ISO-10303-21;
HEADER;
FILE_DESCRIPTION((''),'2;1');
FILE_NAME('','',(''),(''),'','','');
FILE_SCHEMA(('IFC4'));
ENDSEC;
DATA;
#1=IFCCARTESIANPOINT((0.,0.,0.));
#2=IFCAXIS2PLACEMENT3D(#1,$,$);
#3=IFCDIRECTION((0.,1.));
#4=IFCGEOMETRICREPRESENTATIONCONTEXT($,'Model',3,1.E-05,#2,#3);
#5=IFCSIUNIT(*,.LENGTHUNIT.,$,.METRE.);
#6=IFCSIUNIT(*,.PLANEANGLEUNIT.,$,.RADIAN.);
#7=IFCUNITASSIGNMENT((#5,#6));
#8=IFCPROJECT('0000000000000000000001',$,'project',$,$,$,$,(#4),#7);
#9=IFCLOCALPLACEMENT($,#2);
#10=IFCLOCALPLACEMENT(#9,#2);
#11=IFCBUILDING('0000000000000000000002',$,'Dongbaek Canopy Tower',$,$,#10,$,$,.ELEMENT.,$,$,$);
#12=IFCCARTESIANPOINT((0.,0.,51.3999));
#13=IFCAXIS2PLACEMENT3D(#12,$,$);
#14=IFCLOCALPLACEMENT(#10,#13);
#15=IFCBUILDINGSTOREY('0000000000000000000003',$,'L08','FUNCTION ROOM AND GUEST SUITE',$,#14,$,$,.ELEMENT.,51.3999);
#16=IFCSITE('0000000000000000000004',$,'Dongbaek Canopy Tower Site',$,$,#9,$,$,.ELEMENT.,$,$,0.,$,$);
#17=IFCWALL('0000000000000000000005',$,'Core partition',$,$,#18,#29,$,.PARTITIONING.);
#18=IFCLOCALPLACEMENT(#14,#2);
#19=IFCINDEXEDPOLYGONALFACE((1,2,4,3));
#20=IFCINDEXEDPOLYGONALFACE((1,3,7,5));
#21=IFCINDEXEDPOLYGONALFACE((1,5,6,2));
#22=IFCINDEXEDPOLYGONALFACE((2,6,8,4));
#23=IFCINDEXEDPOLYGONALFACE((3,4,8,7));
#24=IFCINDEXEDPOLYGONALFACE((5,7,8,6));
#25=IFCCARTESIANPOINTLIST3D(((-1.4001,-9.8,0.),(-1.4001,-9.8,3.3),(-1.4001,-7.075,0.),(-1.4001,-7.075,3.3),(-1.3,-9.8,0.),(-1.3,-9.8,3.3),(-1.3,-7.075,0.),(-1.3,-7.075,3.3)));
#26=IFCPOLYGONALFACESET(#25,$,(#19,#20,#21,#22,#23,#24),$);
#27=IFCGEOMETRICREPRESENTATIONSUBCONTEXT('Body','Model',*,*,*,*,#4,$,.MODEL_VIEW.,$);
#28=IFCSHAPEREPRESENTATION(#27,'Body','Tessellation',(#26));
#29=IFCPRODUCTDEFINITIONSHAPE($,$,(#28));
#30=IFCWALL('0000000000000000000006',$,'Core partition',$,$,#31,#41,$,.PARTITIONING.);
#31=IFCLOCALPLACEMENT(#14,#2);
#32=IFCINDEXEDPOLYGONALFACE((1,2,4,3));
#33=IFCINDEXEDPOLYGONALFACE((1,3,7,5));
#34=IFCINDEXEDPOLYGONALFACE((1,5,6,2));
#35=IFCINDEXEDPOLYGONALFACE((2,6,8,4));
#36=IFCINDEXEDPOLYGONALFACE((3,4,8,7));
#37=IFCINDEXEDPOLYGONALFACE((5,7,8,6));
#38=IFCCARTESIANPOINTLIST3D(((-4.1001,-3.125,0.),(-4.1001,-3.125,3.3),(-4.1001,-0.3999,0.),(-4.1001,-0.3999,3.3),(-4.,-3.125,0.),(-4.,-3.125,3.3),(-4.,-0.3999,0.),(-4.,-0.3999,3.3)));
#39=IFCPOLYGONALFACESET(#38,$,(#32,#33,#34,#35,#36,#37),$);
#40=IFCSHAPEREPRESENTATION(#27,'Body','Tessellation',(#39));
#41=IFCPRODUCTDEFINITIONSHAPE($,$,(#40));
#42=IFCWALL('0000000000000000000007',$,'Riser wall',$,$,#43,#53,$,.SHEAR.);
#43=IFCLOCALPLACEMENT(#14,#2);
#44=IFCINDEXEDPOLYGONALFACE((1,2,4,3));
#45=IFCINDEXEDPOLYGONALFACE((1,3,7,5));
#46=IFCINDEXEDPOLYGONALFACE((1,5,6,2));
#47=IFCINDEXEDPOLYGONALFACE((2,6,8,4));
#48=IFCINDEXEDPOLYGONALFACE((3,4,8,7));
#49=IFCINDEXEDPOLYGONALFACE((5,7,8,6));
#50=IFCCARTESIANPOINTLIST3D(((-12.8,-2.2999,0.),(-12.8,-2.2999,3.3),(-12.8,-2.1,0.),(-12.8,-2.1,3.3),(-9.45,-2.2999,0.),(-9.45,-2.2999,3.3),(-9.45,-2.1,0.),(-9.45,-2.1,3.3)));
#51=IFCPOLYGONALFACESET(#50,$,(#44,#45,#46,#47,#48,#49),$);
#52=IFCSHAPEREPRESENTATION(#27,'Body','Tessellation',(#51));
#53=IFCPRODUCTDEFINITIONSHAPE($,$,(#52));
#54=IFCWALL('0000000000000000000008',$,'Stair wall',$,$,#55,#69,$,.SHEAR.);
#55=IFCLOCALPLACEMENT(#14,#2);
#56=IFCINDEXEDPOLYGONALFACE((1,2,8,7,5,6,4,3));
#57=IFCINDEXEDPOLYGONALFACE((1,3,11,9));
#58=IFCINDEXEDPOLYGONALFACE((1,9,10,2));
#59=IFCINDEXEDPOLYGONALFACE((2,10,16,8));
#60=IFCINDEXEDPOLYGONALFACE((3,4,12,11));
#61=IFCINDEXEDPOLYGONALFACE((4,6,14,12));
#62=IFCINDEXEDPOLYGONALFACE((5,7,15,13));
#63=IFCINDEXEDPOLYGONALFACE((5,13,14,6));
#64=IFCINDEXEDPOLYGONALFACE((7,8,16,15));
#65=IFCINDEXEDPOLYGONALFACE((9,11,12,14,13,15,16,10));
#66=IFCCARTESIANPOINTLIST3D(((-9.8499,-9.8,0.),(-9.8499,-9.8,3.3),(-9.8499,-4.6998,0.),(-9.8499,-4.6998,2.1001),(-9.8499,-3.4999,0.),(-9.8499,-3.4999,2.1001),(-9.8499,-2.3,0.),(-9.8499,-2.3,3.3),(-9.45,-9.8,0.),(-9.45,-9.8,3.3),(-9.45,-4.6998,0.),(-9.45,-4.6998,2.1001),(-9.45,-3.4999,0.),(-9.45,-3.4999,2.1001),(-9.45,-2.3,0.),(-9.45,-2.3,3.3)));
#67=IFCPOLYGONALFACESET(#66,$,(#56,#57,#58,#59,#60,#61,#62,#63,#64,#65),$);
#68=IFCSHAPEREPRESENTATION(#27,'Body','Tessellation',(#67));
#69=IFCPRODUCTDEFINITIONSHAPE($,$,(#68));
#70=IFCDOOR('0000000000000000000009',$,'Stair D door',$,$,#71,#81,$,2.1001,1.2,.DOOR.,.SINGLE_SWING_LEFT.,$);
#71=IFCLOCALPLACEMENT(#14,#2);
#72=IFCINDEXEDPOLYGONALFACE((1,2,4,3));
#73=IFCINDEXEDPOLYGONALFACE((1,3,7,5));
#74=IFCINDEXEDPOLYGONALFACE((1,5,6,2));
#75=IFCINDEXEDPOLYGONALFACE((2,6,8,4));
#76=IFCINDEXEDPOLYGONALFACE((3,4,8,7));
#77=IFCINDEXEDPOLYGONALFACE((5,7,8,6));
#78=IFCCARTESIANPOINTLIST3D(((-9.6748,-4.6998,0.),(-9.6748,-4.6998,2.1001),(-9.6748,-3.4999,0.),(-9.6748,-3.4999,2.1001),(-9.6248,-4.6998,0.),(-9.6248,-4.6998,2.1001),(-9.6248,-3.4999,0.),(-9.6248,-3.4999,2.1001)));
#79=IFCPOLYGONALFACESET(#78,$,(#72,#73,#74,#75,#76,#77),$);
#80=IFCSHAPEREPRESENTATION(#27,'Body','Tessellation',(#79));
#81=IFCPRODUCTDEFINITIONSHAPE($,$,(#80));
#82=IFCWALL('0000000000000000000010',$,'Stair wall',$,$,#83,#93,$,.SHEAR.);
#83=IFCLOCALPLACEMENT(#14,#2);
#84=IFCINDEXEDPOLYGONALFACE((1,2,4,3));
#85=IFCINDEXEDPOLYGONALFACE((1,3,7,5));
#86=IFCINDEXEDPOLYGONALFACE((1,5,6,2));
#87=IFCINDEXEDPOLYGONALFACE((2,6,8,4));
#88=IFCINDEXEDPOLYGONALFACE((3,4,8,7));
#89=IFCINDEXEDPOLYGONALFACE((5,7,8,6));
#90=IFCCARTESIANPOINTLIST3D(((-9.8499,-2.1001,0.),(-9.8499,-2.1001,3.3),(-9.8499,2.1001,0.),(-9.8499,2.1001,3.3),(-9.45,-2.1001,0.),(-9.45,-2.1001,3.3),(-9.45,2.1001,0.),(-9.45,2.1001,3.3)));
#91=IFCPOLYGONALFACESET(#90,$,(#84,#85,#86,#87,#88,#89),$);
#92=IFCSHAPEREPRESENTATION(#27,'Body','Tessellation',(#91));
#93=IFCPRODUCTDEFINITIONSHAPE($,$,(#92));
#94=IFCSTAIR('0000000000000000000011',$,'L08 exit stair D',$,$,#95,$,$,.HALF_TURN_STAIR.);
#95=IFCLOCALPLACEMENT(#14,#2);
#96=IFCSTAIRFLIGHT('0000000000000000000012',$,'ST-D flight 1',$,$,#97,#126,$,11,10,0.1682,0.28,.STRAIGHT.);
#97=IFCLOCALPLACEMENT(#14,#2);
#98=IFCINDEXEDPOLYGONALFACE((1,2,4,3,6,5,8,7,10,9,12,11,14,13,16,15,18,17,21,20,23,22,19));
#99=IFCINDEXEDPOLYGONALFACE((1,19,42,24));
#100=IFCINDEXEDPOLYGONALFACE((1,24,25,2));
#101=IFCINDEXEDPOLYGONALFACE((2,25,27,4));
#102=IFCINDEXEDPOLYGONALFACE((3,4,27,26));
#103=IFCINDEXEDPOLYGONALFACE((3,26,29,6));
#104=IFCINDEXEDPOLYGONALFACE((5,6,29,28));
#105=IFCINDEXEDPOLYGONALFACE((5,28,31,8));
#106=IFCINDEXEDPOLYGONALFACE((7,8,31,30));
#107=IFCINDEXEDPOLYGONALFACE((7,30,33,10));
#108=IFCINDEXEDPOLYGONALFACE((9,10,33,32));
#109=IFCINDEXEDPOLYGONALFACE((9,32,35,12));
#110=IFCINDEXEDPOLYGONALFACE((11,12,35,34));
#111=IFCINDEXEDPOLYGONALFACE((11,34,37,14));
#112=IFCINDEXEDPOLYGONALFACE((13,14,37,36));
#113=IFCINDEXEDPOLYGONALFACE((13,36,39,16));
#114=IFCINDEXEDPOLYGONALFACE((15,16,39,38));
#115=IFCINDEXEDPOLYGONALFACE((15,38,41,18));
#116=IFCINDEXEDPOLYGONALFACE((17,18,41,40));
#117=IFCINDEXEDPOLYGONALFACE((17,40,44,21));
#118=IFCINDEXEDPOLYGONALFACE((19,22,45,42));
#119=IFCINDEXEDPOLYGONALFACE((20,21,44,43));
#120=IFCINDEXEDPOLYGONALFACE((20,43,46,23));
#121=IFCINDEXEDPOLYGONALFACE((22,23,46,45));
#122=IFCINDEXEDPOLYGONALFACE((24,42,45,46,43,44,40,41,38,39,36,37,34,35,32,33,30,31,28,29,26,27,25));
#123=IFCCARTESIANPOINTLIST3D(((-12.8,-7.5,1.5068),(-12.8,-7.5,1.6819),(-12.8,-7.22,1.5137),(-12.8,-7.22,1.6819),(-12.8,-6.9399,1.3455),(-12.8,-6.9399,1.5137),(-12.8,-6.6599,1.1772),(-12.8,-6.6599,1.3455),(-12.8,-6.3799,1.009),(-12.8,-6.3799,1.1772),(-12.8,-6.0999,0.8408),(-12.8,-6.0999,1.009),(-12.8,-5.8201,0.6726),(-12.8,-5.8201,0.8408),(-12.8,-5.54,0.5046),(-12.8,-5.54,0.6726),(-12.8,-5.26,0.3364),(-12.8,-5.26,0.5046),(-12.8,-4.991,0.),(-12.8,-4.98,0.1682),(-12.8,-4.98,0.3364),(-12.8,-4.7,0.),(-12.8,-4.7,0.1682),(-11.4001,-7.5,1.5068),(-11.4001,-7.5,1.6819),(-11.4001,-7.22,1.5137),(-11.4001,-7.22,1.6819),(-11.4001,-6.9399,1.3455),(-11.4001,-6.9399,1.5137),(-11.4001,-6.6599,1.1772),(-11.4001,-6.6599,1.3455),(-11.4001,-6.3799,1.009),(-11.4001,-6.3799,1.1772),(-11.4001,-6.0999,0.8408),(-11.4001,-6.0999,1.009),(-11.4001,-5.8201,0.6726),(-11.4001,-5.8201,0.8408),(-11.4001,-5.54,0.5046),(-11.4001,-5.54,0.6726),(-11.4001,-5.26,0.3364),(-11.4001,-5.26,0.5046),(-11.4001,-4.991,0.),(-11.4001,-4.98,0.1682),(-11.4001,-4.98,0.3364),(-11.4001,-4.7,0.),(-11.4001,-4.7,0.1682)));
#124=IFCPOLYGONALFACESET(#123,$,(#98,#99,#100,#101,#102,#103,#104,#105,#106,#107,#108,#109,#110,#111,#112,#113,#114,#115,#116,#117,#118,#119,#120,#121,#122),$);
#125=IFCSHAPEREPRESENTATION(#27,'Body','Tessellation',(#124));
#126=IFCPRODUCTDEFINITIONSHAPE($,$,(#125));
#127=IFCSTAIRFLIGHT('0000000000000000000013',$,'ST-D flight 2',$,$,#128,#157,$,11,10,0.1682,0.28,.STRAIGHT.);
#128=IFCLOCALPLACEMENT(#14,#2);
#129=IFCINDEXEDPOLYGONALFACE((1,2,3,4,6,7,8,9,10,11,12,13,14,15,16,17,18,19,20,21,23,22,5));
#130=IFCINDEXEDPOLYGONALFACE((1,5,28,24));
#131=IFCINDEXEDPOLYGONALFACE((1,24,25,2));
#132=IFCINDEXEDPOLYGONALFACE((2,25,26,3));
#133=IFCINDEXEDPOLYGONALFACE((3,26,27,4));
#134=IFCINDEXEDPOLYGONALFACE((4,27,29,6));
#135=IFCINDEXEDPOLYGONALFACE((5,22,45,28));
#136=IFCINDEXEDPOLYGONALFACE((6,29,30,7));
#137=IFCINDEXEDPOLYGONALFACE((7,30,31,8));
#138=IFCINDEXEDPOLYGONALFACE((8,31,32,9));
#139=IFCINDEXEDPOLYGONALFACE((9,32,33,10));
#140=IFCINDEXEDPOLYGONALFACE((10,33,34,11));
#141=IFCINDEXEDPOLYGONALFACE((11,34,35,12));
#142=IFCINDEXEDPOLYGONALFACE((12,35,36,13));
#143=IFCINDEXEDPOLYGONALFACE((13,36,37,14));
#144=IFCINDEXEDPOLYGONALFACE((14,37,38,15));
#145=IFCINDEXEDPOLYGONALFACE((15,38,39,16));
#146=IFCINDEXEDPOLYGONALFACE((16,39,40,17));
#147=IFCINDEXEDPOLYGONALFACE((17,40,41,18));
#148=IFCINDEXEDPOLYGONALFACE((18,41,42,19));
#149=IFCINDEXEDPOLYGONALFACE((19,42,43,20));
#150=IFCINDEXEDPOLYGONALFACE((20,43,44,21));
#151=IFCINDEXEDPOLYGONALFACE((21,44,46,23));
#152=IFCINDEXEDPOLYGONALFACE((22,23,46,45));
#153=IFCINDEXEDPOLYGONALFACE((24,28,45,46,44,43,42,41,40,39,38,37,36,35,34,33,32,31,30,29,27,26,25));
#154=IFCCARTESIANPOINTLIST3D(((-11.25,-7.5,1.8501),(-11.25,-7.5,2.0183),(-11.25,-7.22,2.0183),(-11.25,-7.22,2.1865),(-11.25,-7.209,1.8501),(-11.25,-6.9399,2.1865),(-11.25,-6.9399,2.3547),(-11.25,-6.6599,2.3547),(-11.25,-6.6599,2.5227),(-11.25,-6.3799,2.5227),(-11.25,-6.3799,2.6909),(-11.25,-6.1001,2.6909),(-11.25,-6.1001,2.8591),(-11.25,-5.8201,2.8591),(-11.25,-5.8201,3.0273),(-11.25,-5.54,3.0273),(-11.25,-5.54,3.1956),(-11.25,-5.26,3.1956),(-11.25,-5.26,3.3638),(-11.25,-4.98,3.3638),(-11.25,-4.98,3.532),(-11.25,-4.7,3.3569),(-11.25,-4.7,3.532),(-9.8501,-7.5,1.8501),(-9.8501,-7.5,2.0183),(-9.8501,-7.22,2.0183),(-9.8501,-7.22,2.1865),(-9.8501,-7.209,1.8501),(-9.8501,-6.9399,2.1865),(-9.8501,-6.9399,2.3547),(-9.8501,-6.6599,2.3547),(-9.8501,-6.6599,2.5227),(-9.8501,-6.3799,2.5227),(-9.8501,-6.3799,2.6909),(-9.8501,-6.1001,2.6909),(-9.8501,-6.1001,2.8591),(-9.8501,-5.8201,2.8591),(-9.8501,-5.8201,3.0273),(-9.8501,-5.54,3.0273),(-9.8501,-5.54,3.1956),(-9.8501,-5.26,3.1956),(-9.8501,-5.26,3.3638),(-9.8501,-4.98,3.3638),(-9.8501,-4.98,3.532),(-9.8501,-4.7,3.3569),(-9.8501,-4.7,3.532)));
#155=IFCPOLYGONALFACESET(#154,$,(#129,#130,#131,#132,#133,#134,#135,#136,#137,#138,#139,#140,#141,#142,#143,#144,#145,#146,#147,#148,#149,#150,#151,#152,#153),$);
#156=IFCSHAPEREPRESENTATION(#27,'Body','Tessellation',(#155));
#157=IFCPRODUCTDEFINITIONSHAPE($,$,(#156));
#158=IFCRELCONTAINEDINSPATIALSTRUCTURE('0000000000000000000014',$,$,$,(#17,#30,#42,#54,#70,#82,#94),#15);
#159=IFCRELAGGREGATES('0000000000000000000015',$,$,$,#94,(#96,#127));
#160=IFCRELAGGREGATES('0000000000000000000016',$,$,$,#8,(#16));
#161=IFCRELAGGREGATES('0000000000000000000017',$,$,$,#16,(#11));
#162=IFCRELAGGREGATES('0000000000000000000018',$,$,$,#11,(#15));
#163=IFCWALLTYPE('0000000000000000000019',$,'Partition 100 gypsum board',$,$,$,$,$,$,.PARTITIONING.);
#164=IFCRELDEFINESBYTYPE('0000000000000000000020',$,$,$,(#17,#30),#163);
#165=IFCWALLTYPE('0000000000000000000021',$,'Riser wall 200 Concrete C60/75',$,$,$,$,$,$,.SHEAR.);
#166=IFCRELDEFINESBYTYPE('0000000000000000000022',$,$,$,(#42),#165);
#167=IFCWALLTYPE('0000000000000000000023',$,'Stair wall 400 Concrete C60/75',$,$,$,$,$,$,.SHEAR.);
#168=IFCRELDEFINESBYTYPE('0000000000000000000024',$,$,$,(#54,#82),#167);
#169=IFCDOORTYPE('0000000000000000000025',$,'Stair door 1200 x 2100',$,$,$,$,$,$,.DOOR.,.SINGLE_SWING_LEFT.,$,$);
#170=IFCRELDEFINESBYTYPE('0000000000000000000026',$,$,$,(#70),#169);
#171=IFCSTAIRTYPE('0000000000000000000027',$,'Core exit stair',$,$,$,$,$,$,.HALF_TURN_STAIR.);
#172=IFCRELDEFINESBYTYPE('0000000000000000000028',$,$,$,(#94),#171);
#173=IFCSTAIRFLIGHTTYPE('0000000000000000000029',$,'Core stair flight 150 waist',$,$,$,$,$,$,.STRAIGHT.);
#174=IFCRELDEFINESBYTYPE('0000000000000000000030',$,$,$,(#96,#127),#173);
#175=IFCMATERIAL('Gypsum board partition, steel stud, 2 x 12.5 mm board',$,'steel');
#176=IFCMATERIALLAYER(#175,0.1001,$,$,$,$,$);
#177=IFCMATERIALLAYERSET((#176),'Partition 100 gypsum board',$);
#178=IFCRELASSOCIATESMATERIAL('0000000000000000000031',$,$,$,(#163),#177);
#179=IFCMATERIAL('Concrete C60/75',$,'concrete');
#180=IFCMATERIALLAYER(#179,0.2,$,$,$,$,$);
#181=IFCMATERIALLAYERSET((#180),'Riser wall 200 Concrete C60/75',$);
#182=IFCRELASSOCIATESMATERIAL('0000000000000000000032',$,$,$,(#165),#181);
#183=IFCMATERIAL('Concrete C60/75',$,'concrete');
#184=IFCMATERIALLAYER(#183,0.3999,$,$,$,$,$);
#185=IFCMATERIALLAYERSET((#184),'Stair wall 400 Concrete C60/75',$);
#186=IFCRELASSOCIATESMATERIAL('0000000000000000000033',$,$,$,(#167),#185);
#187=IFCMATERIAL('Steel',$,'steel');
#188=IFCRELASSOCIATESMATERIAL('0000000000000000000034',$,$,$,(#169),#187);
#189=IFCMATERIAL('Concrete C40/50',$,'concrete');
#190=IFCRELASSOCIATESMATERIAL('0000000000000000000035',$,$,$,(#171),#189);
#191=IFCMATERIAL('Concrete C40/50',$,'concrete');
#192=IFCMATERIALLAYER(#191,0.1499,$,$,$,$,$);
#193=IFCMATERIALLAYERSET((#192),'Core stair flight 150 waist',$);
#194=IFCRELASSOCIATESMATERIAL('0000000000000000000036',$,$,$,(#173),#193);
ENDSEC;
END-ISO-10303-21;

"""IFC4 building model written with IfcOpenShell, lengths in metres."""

from ifc_helpers import new_model, si_unit, direction, frame, frame_2d, origin, place, context, subcontext, project, spatial, polyline, rectangle, outline, extrude, material, layer, layer_set, type_object, element, fill, aggregate, save


model = new_model("IFC4")

# Units and contexts
model_context = context("Model", 3, precision=1e-05, world=origin(), true_north=direction((0.0, 1.0)))
body_context = subcontext(model_context, "Body", "Model", "MODEL_VIEW")
ifc_project = project(units=[si_unit("LENGTHUNIT", "METRE"), si_unit("PLANEANGLEUNIT", "RADIAN")], contexts=[model_context])

# Site, building, storey
site_placement = place(None, origin())
site = spatial("IfcSite", under=ifc_project, at=site_placement, Name="Dongbaek Canopy Tower Site", CompositionType="ELEMENT", RefElevation=0.0)
building_placement = place(site_placement, origin())
building = spatial("IfcBuilding", under=site, at=building_placement, Name="Dongbaek Canopy Tower", CompositionType="ELEMENT")
storey_placement = place(building_placement, frame((0.0, 0.0, 51.3999)))
storey = spatial("IfcBuildingStorey", under=building, at=storey_placement, Name="L08", Description="FUNCTION ROOM AND GUEST SUITE", CompositionType="ELEMENT", Elevation=51.3999)

# Walls
ifc_material_1 = material(Name="Gypsum board partition, steel stud, 2 x 12.5 mm board", Category="steel")
ifc_layer_1 = layer(ifc_material_1, 0.1001)
ifc_layer_set_1 = layer_set([ifc_layer_1], Name="Partition 100 gypsum board")
wall_type_1 = type_object("IfcWallType", Name="Partition 100 gypsum board", PredefinedType="PARTITIONING", material=ifc_layer_set_1)
for number, where, z_axis, x_axis, name in (
    (1, (-1.3501, -9.8, 0.0), (0.0, 0.0, 1.0), (0.0, 1.0, 0.0), "Core partition"),
    (2, (-4.05, -3.125, 0.0), (0.0, 0.0, 1.0), (0.0, 1.0, 0.0), "Core partition"),
):
    element("IfcWall", number, at=place(storey_placement, frame(where, z_axis=z_axis, x_axis=x_axis)), inside=storey, type_object=wall_type_1, Name=name, PredefinedType="PARTITIONING", context=body_context, shape_type="SweptSolid", body=[
        extrude(rectangle(XDim=2.7251, YDim=0.1001, at=frame_2d((1.3625, 0.0))), origin(), (0.0, 0.0, 1.0), 3.3),
    ])
ifc_material_2 = material(Name="Concrete C60/75", Category="concrete")
ifc_layer_2 = layer(ifc_material_2, 0.2)
ifc_layer_set_2 = layer_set([ifc_layer_2], Name="Riser wall 200 Concrete C60/75")
wall_type_2 = type_object("IfcWallType", Name="Riser wall 200 Concrete C60/75", PredefinedType="SHEAR", material=ifc_layer_set_2)
wall_1_placement = place(storey_placement, frame((-9.45, -2.2, 0.0), z_axis=(0.0, 0.0, 1.0), x_axis=(-1.0, 0.0, 0.0)))
element("IfcWall", 3, at=wall_1_placement, inside=storey, type_object=wall_type_2, Name="Riser wall", PredefinedType="SHEAR", context=body_context, shape_type="SweptSolid", body=[
    extrude(rectangle(XDim=3.3501, YDim=0.2, at=frame_2d((1.675, 0.0))), origin(), (0.0, 0.0, 1.0), 3.3),
])

# Wall, opening, door
ifc_material_3 = material(Name="Concrete C60/75", Category="concrete")
ifc_layer_3 = layer(ifc_material_3, 0.3999)
ifc_layer_set_3 = layer_set([ifc_layer_3], Name="Stair wall 400 Concrete C60/75")
wall_type_3 = type_object("IfcWallType", Name="Stair wall 400 Concrete C60/75", PredefinedType="SHEAR", material=ifc_layer_set_3)
wall_2_placement = place(storey_placement, frame((-9.6499, -9.8, 0.0), z_axis=(0.0, 0.0, 1.0), x_axis=(0.0, 1.0, 0.0)))
wall_2 = element("IfcWall", 4, at=wall_2_placement, inside=storey, type_object=wall_type_3, Name="Stair wall", PredefinedType="SHEAR", context=body_context, shape_type="SweptSolid", body=[
    extrude(rectangle(XDim=7.5, YDim=0.3999, at=frame_2d((3.75, 0.0))), origin(), (0.0, 0.0, 1.0), 3.3),
])
opening_1_placement = place(wall_2_placement, frame((5.1001, 0.0, 0.0)))
opening_1 = element("IfcOpeningElement", 5, at=opening_1_placement, cuts=wall_2, PredefinedType="OPENING", context=body_context, shape_type="SweptSolid", body=[
    extrude(rectangle(XDim=1.2, YDim=2.1001, at=frame_2d((0.6001, 1.05))), frame((0.0, 0.21, 0.0), z_axis=(0.0, -1.0, 0.0), x_axis=(1.0, 0.0, 0.0)), (0.0, 0.0, 1.0), 0.4199),
])
ifc_material_4 = material(Name="Steel", Category="steel")
door_type_1 = type_object("IfcDoorType", Name="Stair door 1200 x 2100", OperationType="SINGLE_SWING_LEFT", PredefinedType="DOOR", material=ifc_material_4)
door_1_placement = place(opening_1_placement, origin())
door_1 = element("IfcDoor", 6, at=door_1_placement, inside=storey, type_object=door_type_1, Name="Stair D door", OperationType="SINGLE_SWING_LEFT", OverallHeight=2.1001, OverallWidth=1.2, PredefinedType="DOOR", context=body_context, shape_type="SweptSolid", body=[
    extrude(rectangle(XDim=1.2, YDim=2.1001, at=frame_2d((0.6001, 1.05))), frame((0.0, 0.0249, 0.0), z_axis=(0.0, -1.0, 0.0), x_axis=(1.0, 0.0, 0.0)), (0.0, 0.0, 1.0), 0.05),
])
fill(opening_1, door_1)

# Wall
wall_3_placement = place(storey_placement, frame((-9.6499, -2.1001, 0.0), z_axis=(0.0, 0.0, 1.0), x_axis=(0.0, 1.0, 0.0)))
element("IfcWall", 7, at=wall_3_placement, inside=storey, type_object=wall_type_3, Name="Stair wall", PredefinedType="SHEAR", context=body_context, shape_type="SweptSolid", body=[
    extrude(rectangle(XDim=4.2002, YDim=0.3999, at=frame_2d((2.1001, 0.0))), origin(), (0.0, 0.0, 1.0), 3.3),
])

# Stair, stair flights
ifc_material_5 = material(Name="Concrete C40/50", Category="concrete")
stair_type = type_object("IfcStairType", Name="Core exit stair", PredefinedType="HALF_TURN_STAIR", material=ifc_material_5)
stair_placement = place(storey_placement, origin())
stair = element("IfcStair", 8, at=stair_placement, inside=storey, type_object=stair_type, Name="L08 exit stair D", PredefinedType="HALF_TURN_STAIR")
ifc_material_6 = material(Name="Concrete C40/50", Category="concrete")
ifc_layer_4 = layer(ifc_material_6, 0.1499)
ifc_layer_set_4 = layer_set([ifc_layer_4], Name="Core stair flight 150 waist")
stair_flight_type = type_object("IfcStairFlightType", Name="Core stair flight 150 waist", PredefinedType="STRAIGHT", material=ifc_layer_set_4)
stair_flight_1_placement = place(storey_placement, frame((-12.1001, -4.7, 0.0), z_axis=(0.0, 0.0, 1.0), x_axis=(0.0, -1.0, 0.0)))
stair_flight_1 = element("IfcStairFlight", 9, at=stair_flight_1_placement, type_object=stair_flight_type, Name="ST-D flight 1", NumberOfRisers=11, NumberOfTreads=10, PredefinedType="STRAIGHT", RiserHeight=0.1682, TreadLength=0.28, context=body_context, shape_type="SweptSolid", body=[
    extrude(outline(polyline([(0.0, 0.0), (0.0, 0.1682), (0.28, 0.1682), (0.28, 0.3364), (0.5601, 0.3364), (0.5601, 0.5046), (0.8401, 0.5046), (0.8401, 0.6726), (1.1201, 0.6726), (1.1201, 0.8408), (1.3999, 0.8408), (1.3999, 1.009), (1.6799, 1.009), (1.6799, 1.1772), (1.96, 1.1772), (1.96, 1.3455), (2.24, 1.3455), (2.24, 1.5137), (2.52, 1.5137), (2.52, 1.6819), (2.8, 1.6819), (2.8, 1.8501), (2.8, 1.5068), (0.291, 0.0), (0.0, 0.0)])), frame((0.0, 0.7, 0.0), z_axis=(0.0, -1.0, 0.0), x_axis=(1.0, 0.0, 0.0)), (0.0, 0.0, 1.0), 1.3999),
])
stair_flight_2_placement = place(storey_placement, frame((-10.55, -7.5, 1.8501), z_axis=(0.0, 0.0, 1.0), x_axis=(0.0, 1.0, 0.0)))
stair_flight_2 = element("IfcStairFlight", 10, at=stair_flight_2_placement, type_object=stair_flight_type, Name="ST-D flight 2", NumberOfRisers=11, NumberOfTreads=10, PredefinedType="STRAIGHT", RiserHeight=0.1682, TreadLength=0.28, context=body_context, shape_type="SweptSolid", body=[
    extrude(outline(polyline([(0.0, 0.0), (0.0, 0.1682), (0.28, 0.1682), (0.28, 0.3364), (0.5601, 0.3364), (0.5601, 0.5046), (0.8401, 0.5046), (0.8401, 0.6726), (1.1201, 0.6726), (1.1201, 0.8408), (1.3999, 0.8408), (1.3999, 1.009), (1.6799, 1.009), (1.6799, 1.1772), (1.96, 1.1772), (1.96, 1.3455), (2.24, 1.3455), (2.24, 1.5137), (2.52, 1.5137), (2.52, 1.6819), (2.8, 1.6819), (2.8, 1.8501), (2.8, 1.5068), (0.291, 0.0), (0.0, 0.0)])), frame((0.0, 0.7, 0.0), z_axis=(0.0, -1.0, 0.0), x_axis=(1.0, 0.0, 0.0)), (0.0, 0.0, 1.0), 1.3999),
])
aggregate(stair, [stair_flight_1, stair_flight_2])

save(model, "model.ifc")
